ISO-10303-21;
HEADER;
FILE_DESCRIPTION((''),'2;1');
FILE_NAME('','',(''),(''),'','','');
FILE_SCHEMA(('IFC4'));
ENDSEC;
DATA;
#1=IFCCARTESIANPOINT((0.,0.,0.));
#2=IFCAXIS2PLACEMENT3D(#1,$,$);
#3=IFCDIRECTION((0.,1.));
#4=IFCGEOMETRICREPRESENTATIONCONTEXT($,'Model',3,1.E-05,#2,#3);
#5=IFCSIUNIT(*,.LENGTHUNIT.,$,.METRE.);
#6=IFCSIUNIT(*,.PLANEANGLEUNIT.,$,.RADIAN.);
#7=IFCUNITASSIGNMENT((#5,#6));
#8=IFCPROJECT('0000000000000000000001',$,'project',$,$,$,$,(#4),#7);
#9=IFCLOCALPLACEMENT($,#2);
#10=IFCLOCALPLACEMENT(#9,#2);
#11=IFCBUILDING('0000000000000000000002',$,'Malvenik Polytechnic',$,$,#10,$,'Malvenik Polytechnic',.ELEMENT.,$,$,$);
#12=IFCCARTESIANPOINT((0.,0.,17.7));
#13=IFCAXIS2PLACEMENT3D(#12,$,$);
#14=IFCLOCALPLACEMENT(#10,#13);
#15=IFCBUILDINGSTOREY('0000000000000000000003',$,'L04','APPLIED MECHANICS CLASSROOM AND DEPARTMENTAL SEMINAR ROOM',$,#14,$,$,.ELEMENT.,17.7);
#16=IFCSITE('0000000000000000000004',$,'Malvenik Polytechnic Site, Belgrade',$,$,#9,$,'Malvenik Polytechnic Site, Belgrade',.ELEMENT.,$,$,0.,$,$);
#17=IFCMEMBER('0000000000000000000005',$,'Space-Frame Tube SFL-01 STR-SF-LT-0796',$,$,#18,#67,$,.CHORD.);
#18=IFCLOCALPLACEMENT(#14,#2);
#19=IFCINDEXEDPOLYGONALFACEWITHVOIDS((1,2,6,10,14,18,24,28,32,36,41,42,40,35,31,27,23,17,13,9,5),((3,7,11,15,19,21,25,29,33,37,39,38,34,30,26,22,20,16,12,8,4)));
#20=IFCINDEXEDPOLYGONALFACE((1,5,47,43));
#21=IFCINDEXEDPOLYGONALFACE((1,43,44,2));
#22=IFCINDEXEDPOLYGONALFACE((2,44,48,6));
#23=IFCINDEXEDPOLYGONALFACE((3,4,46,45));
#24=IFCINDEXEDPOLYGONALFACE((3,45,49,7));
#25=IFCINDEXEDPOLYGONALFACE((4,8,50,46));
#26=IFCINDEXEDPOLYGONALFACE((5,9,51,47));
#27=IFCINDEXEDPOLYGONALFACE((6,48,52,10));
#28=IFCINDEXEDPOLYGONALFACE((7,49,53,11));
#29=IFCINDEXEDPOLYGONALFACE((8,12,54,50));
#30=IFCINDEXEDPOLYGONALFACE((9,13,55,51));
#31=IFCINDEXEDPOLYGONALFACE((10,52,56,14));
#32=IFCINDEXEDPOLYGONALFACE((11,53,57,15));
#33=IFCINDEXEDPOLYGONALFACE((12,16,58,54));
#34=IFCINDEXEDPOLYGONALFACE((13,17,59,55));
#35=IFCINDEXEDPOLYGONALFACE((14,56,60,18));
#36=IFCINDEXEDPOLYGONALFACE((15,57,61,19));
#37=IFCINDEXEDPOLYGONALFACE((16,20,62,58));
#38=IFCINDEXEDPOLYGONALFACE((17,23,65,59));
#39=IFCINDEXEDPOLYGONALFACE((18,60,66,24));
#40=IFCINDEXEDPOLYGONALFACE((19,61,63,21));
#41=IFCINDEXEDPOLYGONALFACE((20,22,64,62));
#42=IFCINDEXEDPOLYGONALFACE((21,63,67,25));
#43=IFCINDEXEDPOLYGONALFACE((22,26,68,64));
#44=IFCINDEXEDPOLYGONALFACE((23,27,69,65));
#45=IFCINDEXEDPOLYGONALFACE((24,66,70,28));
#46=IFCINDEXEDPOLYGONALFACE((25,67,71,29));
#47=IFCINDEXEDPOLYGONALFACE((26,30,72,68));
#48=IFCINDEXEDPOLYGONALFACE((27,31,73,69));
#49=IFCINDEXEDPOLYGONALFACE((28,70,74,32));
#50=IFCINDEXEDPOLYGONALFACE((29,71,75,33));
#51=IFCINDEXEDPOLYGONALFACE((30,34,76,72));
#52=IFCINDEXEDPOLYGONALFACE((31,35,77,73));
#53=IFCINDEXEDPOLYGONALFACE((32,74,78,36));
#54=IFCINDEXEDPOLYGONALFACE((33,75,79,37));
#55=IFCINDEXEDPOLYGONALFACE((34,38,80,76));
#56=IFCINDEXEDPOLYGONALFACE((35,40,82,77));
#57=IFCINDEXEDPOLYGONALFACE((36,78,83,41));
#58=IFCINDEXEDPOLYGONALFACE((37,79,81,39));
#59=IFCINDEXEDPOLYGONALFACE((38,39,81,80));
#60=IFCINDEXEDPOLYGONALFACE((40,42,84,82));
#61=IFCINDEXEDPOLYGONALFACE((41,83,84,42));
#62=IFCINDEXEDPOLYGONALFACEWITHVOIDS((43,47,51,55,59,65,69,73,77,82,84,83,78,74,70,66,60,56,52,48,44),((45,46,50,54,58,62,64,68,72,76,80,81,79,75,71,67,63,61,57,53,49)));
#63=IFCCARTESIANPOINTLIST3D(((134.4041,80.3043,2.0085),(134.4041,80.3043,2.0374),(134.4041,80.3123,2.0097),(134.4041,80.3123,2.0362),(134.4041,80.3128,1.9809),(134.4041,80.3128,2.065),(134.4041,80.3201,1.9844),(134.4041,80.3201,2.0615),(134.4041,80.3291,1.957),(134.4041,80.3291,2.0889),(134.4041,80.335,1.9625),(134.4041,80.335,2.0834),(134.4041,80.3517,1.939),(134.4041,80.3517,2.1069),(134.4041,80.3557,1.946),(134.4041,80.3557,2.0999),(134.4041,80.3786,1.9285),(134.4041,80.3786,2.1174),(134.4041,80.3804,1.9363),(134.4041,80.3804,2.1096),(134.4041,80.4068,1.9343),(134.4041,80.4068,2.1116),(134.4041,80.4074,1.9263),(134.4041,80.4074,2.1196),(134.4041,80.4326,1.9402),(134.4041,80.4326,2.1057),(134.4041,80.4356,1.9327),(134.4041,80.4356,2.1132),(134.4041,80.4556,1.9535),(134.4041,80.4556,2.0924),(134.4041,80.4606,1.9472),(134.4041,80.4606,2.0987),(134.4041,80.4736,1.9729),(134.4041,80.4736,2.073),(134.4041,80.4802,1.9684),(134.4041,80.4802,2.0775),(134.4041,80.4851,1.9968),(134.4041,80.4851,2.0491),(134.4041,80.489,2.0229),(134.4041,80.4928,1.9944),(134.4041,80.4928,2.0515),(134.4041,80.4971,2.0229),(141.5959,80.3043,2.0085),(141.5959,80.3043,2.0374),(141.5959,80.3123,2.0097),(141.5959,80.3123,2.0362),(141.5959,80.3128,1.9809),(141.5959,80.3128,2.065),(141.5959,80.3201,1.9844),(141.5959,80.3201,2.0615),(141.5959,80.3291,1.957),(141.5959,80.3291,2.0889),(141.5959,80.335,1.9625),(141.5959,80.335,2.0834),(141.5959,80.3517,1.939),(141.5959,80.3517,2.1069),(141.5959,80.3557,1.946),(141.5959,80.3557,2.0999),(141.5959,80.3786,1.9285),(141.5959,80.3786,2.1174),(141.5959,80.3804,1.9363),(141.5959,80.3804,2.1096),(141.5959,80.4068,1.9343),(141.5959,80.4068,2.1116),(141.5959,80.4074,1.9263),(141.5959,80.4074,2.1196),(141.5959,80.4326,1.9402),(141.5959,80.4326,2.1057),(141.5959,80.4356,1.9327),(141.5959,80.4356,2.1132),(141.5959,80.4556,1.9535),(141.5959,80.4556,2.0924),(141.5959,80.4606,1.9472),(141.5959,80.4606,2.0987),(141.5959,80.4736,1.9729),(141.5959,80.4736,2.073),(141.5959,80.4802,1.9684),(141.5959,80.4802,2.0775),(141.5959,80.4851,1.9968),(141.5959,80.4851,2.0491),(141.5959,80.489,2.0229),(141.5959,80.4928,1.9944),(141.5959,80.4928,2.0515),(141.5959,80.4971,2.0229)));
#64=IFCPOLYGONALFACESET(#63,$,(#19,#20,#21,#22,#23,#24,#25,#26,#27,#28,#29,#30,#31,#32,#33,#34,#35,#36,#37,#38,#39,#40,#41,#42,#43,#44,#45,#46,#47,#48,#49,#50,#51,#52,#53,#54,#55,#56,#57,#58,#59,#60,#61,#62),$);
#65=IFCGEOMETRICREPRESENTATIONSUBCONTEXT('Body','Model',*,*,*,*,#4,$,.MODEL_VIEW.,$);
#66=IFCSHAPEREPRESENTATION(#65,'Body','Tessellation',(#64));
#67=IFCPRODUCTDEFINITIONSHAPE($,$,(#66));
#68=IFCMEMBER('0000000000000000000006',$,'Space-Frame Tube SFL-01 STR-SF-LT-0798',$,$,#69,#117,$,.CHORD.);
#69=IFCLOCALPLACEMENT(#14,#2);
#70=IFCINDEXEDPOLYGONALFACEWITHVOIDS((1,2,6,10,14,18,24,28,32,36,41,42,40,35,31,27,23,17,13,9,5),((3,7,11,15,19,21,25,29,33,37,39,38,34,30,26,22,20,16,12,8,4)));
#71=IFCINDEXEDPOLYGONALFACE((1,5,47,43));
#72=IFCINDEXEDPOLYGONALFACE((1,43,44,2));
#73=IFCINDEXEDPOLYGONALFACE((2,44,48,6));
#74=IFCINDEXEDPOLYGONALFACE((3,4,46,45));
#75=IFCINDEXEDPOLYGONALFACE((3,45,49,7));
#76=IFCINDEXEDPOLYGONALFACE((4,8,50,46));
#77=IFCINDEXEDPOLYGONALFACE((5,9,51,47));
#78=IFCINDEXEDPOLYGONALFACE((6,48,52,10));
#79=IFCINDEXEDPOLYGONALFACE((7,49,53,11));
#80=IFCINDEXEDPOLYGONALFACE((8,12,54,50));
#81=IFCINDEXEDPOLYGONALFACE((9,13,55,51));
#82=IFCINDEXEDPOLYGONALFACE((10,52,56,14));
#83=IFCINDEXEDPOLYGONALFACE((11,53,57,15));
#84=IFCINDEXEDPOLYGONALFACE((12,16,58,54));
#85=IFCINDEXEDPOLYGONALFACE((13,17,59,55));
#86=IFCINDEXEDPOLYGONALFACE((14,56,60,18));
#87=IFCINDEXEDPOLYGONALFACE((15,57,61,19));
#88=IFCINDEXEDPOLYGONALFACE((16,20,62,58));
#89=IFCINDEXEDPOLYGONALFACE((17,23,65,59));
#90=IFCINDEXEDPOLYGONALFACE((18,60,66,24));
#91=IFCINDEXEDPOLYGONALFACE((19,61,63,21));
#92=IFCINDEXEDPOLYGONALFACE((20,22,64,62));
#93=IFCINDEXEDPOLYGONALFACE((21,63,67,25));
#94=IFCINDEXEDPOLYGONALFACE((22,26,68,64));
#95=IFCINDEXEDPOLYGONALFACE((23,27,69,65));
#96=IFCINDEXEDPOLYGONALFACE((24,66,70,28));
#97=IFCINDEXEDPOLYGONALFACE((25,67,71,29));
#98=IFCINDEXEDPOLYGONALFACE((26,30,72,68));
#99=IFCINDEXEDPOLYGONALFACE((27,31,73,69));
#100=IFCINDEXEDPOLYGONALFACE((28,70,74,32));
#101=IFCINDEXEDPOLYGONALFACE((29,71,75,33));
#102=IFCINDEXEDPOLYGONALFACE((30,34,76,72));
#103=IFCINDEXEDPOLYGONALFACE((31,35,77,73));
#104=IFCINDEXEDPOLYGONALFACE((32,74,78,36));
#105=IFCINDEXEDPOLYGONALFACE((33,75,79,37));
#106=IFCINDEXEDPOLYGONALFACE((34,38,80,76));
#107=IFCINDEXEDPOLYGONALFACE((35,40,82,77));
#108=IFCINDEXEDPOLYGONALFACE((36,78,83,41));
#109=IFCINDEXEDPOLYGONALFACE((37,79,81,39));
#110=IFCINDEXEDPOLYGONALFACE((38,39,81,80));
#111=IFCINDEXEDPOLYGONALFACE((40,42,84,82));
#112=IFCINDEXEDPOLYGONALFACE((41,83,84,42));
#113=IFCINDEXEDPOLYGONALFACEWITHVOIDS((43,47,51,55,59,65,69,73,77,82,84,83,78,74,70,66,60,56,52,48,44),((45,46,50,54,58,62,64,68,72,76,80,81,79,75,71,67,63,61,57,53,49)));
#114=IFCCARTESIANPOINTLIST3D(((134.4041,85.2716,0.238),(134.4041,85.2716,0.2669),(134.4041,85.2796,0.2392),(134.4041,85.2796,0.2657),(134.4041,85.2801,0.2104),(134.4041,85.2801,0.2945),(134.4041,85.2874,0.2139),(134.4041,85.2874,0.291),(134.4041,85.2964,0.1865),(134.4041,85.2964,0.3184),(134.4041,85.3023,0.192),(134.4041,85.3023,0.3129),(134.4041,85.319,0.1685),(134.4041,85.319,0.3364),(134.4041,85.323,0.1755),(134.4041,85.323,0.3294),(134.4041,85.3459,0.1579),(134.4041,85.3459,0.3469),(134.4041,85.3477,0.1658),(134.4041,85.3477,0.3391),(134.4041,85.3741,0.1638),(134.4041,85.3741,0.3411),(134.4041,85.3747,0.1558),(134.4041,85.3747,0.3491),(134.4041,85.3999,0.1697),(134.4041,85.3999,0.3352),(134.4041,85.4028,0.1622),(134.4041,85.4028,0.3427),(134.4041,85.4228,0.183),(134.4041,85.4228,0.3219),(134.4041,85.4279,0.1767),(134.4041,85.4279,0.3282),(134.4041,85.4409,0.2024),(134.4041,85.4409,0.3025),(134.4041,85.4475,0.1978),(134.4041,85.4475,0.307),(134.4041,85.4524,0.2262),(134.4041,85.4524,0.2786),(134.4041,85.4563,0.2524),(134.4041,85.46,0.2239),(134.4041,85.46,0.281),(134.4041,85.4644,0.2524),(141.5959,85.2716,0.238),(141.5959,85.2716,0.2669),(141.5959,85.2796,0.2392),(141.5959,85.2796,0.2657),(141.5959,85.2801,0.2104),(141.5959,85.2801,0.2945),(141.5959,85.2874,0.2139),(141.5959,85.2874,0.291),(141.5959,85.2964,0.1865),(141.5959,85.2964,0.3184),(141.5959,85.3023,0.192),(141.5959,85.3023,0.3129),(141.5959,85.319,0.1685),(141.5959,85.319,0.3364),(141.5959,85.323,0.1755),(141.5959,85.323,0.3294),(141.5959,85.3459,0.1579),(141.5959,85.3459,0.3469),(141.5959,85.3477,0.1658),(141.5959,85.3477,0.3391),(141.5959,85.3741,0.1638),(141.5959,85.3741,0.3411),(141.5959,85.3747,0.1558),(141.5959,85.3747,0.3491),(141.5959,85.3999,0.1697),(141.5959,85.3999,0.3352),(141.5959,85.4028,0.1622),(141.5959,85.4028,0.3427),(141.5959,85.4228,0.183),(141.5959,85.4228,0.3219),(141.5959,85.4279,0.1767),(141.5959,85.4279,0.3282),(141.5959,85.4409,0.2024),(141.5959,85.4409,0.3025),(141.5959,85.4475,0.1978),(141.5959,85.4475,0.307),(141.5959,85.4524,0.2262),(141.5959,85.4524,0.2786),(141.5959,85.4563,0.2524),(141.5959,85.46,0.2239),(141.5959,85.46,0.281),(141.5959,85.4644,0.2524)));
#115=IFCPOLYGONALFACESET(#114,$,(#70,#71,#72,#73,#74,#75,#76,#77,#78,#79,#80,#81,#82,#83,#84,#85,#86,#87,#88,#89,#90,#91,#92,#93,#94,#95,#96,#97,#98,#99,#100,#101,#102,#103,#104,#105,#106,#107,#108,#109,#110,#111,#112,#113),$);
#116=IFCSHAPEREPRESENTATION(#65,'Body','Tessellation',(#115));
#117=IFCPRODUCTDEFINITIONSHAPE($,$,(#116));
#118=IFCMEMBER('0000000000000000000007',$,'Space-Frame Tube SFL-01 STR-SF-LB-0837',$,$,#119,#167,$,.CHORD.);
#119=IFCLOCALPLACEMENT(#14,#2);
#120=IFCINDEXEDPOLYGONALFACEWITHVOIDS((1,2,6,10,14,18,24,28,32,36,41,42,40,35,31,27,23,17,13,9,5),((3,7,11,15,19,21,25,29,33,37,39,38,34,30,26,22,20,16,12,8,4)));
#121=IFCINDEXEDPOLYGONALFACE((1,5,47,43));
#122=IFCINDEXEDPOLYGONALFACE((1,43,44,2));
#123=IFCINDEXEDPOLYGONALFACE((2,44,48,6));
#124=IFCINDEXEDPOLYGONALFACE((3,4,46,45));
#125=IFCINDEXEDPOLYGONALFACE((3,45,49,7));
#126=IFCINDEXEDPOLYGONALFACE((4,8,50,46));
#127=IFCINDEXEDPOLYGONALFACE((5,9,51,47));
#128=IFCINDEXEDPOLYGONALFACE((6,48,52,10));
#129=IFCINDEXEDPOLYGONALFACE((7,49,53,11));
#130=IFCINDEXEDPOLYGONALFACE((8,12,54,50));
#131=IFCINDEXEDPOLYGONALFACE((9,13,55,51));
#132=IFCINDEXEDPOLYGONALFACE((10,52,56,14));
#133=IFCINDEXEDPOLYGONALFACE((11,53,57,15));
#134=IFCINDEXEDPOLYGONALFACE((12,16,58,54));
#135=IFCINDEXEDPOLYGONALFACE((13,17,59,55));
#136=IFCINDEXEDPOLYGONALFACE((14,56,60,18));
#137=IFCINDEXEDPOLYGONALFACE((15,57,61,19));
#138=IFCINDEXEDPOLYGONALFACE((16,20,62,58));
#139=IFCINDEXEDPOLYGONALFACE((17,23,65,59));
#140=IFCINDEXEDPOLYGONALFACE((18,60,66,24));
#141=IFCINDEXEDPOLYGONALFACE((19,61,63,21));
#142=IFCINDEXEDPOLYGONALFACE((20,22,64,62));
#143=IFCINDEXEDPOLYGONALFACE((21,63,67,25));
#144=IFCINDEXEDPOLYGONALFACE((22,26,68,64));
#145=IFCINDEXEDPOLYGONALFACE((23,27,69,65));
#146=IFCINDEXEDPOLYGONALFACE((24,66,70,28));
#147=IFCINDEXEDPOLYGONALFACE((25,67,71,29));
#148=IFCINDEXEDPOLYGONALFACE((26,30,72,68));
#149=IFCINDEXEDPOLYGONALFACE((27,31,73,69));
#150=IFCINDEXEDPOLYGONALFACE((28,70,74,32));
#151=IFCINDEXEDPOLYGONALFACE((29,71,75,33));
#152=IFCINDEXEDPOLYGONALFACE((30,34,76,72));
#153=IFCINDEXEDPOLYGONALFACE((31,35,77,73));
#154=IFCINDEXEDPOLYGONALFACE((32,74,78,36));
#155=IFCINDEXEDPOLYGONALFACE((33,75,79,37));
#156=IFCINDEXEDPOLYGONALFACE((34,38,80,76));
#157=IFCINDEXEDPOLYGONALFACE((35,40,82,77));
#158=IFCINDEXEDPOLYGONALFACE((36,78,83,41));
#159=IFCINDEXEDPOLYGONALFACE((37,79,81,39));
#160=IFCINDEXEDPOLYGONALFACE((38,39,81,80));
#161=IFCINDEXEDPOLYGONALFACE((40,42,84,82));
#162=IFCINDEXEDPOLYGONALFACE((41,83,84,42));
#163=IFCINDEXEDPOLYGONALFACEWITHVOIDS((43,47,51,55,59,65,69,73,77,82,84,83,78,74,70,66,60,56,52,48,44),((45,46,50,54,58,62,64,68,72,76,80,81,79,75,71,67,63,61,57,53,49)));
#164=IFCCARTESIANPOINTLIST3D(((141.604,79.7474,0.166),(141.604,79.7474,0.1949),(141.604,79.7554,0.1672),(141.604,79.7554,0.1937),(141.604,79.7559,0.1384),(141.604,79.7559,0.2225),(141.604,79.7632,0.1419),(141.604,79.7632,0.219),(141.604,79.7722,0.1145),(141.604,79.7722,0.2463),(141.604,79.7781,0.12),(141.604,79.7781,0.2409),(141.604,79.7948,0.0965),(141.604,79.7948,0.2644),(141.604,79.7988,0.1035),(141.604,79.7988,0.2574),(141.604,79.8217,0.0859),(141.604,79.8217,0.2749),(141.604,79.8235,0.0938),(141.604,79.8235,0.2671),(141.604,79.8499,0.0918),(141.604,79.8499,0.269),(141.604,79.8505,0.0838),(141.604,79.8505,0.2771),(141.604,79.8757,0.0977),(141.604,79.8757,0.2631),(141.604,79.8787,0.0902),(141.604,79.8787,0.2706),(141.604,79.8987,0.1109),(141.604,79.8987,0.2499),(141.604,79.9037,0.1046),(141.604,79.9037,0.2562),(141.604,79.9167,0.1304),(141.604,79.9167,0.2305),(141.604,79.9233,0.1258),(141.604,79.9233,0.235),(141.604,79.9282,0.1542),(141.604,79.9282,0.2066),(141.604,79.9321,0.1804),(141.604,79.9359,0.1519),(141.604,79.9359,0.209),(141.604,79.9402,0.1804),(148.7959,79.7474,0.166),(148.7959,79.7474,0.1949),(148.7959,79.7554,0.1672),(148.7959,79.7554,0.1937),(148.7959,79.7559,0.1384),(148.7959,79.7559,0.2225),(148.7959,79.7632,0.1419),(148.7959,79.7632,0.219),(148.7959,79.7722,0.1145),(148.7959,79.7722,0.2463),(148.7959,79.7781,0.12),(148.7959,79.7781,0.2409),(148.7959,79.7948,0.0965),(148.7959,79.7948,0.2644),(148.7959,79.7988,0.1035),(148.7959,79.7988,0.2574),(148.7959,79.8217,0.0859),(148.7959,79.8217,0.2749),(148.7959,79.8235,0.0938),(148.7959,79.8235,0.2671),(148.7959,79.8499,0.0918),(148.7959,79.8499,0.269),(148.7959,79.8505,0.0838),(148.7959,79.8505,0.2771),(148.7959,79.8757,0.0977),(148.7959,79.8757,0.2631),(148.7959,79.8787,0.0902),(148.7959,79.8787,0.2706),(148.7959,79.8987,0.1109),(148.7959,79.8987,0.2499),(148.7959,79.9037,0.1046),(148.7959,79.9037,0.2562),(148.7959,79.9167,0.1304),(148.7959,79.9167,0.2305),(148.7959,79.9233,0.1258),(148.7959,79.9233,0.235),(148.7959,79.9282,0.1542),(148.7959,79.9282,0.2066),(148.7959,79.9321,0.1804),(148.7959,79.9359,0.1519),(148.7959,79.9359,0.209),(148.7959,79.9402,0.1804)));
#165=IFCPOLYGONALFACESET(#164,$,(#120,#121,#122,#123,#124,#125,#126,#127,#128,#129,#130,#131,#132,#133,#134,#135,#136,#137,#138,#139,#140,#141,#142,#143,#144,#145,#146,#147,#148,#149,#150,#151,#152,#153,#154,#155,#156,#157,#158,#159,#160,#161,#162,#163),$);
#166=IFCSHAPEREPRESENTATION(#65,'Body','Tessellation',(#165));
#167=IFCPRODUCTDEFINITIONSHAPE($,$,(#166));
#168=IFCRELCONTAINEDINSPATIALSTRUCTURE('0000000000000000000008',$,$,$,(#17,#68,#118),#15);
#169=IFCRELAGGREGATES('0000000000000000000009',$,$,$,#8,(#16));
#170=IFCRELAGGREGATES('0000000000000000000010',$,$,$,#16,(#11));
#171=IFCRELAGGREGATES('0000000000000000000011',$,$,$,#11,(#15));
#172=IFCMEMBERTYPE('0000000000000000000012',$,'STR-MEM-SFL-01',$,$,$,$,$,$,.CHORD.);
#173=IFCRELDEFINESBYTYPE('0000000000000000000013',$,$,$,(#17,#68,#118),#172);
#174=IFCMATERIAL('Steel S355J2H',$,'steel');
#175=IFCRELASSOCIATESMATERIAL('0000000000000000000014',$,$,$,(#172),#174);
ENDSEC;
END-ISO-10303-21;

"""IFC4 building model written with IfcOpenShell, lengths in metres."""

from ifc_helpers import new_model, si_unit, direction, frame, origin, origin_2d, place, context, subcontext, project, spatial, hollow_circle, extrude, material, material_profile, profile_set, type_object, element, save


model = new_model("IFC4")

# Units and contexts
model_context = context("Model", 3, precision=1e-05, world=origin(), true_north=direction((0.0, 1.0)))
body_context = subcontext(model_context, "Body", "Model", "MODEL_VIEW")
ifc_project = project(units=[si_unit("LENGTHUNIT", "METRE"), si_unit("PLANEANGLEUNIT", "RADIAN")], contexts=[model_context])

# Site, building, storey
site_placement = place(None, origin())
site = spatial("IfcSite", under=ifc_project, at=site_placement, Name="Malvenik Polytechnic Site, Belgrade", LongName="Malvenik Polytechnic Site, Belgrade", CompositionType="ELEMENT", RefElevation=0.0)
building_placement = place(site_placement, origin())
building = spatial("IfcBuilding", under=site, at=building_placement, Name="Malvenik Polytechnic", LongName="Malvenik Polytechnic", CompositionType="ELEMENT")
storey_placement = place(building_placement, frame((0.0, 0.0, 17.7)))
storey = spatial("IfcBuildingStorey", under=building, at=storey_placement, Name="L04", Description="APPLIED MECHANICS CLASSROOM AND DEPARTMENTAL SEMINAR ROOM", CompositionType="ELEMENT", Elevation=17.7)

# Members
ifc_material = material(Name="Steel S355J2H", Category="steel")
ifc_material_profile_1 = material_profile(ifc_material, hollow_circle(Radius=0.0969, WallThickness=0.0081, at=origin_2d()), Name="CHS 193.7x8.0")
ifc_profile_set_1 = profile_set([ifc_material_profile_1], Name="Steel S355J2H")
member_type_1 = type_object("IfcMemberType", Name="STR-MEM-SFL-01", PredefinedType="CHORD", material=ifc_profile_set_1)
for number, where, z_axis, x_axis, name in (
    (1, (134.4041, 80.4001, 2.0229), (1.0, 0.0, 0.0), (0.0, 1.0, 0.0), "Space-Frame Tube SFL-01 STR-SF-LT-0796"),
    (2, (134.4041, 85.3674, 0.2524), (1.0, 0.0, 0.0), (0.0, 1.0, 0.0), "Space-Frame Tube SFL-01 STR-SF-LT-0798"),
    (3, (141.604, 79.8433, 0.1804), (1.0, 0.0, 0.0), (0.0, 1.0, 0.0), "Space-Frame Tube SFL-01 STR-SF-LB-0837"),
):
    element("IfcMember", number, at=place(storey_placement, frame(where, z_axis=z_axis, x_axis=x_axis)), inside=storey, type_object=member_type_1, Name=name, PredefinedType="CHORD", context=body_context, shape_type="SweptSolid", body=[
        extrude(hollow_circle(Radius=0.0969, WallThickness=0.0081, at=origin_2d()), origin(), (0.0, 0.0, 1.0), 7.1919),
    ])

save(model, "model.ifc")
